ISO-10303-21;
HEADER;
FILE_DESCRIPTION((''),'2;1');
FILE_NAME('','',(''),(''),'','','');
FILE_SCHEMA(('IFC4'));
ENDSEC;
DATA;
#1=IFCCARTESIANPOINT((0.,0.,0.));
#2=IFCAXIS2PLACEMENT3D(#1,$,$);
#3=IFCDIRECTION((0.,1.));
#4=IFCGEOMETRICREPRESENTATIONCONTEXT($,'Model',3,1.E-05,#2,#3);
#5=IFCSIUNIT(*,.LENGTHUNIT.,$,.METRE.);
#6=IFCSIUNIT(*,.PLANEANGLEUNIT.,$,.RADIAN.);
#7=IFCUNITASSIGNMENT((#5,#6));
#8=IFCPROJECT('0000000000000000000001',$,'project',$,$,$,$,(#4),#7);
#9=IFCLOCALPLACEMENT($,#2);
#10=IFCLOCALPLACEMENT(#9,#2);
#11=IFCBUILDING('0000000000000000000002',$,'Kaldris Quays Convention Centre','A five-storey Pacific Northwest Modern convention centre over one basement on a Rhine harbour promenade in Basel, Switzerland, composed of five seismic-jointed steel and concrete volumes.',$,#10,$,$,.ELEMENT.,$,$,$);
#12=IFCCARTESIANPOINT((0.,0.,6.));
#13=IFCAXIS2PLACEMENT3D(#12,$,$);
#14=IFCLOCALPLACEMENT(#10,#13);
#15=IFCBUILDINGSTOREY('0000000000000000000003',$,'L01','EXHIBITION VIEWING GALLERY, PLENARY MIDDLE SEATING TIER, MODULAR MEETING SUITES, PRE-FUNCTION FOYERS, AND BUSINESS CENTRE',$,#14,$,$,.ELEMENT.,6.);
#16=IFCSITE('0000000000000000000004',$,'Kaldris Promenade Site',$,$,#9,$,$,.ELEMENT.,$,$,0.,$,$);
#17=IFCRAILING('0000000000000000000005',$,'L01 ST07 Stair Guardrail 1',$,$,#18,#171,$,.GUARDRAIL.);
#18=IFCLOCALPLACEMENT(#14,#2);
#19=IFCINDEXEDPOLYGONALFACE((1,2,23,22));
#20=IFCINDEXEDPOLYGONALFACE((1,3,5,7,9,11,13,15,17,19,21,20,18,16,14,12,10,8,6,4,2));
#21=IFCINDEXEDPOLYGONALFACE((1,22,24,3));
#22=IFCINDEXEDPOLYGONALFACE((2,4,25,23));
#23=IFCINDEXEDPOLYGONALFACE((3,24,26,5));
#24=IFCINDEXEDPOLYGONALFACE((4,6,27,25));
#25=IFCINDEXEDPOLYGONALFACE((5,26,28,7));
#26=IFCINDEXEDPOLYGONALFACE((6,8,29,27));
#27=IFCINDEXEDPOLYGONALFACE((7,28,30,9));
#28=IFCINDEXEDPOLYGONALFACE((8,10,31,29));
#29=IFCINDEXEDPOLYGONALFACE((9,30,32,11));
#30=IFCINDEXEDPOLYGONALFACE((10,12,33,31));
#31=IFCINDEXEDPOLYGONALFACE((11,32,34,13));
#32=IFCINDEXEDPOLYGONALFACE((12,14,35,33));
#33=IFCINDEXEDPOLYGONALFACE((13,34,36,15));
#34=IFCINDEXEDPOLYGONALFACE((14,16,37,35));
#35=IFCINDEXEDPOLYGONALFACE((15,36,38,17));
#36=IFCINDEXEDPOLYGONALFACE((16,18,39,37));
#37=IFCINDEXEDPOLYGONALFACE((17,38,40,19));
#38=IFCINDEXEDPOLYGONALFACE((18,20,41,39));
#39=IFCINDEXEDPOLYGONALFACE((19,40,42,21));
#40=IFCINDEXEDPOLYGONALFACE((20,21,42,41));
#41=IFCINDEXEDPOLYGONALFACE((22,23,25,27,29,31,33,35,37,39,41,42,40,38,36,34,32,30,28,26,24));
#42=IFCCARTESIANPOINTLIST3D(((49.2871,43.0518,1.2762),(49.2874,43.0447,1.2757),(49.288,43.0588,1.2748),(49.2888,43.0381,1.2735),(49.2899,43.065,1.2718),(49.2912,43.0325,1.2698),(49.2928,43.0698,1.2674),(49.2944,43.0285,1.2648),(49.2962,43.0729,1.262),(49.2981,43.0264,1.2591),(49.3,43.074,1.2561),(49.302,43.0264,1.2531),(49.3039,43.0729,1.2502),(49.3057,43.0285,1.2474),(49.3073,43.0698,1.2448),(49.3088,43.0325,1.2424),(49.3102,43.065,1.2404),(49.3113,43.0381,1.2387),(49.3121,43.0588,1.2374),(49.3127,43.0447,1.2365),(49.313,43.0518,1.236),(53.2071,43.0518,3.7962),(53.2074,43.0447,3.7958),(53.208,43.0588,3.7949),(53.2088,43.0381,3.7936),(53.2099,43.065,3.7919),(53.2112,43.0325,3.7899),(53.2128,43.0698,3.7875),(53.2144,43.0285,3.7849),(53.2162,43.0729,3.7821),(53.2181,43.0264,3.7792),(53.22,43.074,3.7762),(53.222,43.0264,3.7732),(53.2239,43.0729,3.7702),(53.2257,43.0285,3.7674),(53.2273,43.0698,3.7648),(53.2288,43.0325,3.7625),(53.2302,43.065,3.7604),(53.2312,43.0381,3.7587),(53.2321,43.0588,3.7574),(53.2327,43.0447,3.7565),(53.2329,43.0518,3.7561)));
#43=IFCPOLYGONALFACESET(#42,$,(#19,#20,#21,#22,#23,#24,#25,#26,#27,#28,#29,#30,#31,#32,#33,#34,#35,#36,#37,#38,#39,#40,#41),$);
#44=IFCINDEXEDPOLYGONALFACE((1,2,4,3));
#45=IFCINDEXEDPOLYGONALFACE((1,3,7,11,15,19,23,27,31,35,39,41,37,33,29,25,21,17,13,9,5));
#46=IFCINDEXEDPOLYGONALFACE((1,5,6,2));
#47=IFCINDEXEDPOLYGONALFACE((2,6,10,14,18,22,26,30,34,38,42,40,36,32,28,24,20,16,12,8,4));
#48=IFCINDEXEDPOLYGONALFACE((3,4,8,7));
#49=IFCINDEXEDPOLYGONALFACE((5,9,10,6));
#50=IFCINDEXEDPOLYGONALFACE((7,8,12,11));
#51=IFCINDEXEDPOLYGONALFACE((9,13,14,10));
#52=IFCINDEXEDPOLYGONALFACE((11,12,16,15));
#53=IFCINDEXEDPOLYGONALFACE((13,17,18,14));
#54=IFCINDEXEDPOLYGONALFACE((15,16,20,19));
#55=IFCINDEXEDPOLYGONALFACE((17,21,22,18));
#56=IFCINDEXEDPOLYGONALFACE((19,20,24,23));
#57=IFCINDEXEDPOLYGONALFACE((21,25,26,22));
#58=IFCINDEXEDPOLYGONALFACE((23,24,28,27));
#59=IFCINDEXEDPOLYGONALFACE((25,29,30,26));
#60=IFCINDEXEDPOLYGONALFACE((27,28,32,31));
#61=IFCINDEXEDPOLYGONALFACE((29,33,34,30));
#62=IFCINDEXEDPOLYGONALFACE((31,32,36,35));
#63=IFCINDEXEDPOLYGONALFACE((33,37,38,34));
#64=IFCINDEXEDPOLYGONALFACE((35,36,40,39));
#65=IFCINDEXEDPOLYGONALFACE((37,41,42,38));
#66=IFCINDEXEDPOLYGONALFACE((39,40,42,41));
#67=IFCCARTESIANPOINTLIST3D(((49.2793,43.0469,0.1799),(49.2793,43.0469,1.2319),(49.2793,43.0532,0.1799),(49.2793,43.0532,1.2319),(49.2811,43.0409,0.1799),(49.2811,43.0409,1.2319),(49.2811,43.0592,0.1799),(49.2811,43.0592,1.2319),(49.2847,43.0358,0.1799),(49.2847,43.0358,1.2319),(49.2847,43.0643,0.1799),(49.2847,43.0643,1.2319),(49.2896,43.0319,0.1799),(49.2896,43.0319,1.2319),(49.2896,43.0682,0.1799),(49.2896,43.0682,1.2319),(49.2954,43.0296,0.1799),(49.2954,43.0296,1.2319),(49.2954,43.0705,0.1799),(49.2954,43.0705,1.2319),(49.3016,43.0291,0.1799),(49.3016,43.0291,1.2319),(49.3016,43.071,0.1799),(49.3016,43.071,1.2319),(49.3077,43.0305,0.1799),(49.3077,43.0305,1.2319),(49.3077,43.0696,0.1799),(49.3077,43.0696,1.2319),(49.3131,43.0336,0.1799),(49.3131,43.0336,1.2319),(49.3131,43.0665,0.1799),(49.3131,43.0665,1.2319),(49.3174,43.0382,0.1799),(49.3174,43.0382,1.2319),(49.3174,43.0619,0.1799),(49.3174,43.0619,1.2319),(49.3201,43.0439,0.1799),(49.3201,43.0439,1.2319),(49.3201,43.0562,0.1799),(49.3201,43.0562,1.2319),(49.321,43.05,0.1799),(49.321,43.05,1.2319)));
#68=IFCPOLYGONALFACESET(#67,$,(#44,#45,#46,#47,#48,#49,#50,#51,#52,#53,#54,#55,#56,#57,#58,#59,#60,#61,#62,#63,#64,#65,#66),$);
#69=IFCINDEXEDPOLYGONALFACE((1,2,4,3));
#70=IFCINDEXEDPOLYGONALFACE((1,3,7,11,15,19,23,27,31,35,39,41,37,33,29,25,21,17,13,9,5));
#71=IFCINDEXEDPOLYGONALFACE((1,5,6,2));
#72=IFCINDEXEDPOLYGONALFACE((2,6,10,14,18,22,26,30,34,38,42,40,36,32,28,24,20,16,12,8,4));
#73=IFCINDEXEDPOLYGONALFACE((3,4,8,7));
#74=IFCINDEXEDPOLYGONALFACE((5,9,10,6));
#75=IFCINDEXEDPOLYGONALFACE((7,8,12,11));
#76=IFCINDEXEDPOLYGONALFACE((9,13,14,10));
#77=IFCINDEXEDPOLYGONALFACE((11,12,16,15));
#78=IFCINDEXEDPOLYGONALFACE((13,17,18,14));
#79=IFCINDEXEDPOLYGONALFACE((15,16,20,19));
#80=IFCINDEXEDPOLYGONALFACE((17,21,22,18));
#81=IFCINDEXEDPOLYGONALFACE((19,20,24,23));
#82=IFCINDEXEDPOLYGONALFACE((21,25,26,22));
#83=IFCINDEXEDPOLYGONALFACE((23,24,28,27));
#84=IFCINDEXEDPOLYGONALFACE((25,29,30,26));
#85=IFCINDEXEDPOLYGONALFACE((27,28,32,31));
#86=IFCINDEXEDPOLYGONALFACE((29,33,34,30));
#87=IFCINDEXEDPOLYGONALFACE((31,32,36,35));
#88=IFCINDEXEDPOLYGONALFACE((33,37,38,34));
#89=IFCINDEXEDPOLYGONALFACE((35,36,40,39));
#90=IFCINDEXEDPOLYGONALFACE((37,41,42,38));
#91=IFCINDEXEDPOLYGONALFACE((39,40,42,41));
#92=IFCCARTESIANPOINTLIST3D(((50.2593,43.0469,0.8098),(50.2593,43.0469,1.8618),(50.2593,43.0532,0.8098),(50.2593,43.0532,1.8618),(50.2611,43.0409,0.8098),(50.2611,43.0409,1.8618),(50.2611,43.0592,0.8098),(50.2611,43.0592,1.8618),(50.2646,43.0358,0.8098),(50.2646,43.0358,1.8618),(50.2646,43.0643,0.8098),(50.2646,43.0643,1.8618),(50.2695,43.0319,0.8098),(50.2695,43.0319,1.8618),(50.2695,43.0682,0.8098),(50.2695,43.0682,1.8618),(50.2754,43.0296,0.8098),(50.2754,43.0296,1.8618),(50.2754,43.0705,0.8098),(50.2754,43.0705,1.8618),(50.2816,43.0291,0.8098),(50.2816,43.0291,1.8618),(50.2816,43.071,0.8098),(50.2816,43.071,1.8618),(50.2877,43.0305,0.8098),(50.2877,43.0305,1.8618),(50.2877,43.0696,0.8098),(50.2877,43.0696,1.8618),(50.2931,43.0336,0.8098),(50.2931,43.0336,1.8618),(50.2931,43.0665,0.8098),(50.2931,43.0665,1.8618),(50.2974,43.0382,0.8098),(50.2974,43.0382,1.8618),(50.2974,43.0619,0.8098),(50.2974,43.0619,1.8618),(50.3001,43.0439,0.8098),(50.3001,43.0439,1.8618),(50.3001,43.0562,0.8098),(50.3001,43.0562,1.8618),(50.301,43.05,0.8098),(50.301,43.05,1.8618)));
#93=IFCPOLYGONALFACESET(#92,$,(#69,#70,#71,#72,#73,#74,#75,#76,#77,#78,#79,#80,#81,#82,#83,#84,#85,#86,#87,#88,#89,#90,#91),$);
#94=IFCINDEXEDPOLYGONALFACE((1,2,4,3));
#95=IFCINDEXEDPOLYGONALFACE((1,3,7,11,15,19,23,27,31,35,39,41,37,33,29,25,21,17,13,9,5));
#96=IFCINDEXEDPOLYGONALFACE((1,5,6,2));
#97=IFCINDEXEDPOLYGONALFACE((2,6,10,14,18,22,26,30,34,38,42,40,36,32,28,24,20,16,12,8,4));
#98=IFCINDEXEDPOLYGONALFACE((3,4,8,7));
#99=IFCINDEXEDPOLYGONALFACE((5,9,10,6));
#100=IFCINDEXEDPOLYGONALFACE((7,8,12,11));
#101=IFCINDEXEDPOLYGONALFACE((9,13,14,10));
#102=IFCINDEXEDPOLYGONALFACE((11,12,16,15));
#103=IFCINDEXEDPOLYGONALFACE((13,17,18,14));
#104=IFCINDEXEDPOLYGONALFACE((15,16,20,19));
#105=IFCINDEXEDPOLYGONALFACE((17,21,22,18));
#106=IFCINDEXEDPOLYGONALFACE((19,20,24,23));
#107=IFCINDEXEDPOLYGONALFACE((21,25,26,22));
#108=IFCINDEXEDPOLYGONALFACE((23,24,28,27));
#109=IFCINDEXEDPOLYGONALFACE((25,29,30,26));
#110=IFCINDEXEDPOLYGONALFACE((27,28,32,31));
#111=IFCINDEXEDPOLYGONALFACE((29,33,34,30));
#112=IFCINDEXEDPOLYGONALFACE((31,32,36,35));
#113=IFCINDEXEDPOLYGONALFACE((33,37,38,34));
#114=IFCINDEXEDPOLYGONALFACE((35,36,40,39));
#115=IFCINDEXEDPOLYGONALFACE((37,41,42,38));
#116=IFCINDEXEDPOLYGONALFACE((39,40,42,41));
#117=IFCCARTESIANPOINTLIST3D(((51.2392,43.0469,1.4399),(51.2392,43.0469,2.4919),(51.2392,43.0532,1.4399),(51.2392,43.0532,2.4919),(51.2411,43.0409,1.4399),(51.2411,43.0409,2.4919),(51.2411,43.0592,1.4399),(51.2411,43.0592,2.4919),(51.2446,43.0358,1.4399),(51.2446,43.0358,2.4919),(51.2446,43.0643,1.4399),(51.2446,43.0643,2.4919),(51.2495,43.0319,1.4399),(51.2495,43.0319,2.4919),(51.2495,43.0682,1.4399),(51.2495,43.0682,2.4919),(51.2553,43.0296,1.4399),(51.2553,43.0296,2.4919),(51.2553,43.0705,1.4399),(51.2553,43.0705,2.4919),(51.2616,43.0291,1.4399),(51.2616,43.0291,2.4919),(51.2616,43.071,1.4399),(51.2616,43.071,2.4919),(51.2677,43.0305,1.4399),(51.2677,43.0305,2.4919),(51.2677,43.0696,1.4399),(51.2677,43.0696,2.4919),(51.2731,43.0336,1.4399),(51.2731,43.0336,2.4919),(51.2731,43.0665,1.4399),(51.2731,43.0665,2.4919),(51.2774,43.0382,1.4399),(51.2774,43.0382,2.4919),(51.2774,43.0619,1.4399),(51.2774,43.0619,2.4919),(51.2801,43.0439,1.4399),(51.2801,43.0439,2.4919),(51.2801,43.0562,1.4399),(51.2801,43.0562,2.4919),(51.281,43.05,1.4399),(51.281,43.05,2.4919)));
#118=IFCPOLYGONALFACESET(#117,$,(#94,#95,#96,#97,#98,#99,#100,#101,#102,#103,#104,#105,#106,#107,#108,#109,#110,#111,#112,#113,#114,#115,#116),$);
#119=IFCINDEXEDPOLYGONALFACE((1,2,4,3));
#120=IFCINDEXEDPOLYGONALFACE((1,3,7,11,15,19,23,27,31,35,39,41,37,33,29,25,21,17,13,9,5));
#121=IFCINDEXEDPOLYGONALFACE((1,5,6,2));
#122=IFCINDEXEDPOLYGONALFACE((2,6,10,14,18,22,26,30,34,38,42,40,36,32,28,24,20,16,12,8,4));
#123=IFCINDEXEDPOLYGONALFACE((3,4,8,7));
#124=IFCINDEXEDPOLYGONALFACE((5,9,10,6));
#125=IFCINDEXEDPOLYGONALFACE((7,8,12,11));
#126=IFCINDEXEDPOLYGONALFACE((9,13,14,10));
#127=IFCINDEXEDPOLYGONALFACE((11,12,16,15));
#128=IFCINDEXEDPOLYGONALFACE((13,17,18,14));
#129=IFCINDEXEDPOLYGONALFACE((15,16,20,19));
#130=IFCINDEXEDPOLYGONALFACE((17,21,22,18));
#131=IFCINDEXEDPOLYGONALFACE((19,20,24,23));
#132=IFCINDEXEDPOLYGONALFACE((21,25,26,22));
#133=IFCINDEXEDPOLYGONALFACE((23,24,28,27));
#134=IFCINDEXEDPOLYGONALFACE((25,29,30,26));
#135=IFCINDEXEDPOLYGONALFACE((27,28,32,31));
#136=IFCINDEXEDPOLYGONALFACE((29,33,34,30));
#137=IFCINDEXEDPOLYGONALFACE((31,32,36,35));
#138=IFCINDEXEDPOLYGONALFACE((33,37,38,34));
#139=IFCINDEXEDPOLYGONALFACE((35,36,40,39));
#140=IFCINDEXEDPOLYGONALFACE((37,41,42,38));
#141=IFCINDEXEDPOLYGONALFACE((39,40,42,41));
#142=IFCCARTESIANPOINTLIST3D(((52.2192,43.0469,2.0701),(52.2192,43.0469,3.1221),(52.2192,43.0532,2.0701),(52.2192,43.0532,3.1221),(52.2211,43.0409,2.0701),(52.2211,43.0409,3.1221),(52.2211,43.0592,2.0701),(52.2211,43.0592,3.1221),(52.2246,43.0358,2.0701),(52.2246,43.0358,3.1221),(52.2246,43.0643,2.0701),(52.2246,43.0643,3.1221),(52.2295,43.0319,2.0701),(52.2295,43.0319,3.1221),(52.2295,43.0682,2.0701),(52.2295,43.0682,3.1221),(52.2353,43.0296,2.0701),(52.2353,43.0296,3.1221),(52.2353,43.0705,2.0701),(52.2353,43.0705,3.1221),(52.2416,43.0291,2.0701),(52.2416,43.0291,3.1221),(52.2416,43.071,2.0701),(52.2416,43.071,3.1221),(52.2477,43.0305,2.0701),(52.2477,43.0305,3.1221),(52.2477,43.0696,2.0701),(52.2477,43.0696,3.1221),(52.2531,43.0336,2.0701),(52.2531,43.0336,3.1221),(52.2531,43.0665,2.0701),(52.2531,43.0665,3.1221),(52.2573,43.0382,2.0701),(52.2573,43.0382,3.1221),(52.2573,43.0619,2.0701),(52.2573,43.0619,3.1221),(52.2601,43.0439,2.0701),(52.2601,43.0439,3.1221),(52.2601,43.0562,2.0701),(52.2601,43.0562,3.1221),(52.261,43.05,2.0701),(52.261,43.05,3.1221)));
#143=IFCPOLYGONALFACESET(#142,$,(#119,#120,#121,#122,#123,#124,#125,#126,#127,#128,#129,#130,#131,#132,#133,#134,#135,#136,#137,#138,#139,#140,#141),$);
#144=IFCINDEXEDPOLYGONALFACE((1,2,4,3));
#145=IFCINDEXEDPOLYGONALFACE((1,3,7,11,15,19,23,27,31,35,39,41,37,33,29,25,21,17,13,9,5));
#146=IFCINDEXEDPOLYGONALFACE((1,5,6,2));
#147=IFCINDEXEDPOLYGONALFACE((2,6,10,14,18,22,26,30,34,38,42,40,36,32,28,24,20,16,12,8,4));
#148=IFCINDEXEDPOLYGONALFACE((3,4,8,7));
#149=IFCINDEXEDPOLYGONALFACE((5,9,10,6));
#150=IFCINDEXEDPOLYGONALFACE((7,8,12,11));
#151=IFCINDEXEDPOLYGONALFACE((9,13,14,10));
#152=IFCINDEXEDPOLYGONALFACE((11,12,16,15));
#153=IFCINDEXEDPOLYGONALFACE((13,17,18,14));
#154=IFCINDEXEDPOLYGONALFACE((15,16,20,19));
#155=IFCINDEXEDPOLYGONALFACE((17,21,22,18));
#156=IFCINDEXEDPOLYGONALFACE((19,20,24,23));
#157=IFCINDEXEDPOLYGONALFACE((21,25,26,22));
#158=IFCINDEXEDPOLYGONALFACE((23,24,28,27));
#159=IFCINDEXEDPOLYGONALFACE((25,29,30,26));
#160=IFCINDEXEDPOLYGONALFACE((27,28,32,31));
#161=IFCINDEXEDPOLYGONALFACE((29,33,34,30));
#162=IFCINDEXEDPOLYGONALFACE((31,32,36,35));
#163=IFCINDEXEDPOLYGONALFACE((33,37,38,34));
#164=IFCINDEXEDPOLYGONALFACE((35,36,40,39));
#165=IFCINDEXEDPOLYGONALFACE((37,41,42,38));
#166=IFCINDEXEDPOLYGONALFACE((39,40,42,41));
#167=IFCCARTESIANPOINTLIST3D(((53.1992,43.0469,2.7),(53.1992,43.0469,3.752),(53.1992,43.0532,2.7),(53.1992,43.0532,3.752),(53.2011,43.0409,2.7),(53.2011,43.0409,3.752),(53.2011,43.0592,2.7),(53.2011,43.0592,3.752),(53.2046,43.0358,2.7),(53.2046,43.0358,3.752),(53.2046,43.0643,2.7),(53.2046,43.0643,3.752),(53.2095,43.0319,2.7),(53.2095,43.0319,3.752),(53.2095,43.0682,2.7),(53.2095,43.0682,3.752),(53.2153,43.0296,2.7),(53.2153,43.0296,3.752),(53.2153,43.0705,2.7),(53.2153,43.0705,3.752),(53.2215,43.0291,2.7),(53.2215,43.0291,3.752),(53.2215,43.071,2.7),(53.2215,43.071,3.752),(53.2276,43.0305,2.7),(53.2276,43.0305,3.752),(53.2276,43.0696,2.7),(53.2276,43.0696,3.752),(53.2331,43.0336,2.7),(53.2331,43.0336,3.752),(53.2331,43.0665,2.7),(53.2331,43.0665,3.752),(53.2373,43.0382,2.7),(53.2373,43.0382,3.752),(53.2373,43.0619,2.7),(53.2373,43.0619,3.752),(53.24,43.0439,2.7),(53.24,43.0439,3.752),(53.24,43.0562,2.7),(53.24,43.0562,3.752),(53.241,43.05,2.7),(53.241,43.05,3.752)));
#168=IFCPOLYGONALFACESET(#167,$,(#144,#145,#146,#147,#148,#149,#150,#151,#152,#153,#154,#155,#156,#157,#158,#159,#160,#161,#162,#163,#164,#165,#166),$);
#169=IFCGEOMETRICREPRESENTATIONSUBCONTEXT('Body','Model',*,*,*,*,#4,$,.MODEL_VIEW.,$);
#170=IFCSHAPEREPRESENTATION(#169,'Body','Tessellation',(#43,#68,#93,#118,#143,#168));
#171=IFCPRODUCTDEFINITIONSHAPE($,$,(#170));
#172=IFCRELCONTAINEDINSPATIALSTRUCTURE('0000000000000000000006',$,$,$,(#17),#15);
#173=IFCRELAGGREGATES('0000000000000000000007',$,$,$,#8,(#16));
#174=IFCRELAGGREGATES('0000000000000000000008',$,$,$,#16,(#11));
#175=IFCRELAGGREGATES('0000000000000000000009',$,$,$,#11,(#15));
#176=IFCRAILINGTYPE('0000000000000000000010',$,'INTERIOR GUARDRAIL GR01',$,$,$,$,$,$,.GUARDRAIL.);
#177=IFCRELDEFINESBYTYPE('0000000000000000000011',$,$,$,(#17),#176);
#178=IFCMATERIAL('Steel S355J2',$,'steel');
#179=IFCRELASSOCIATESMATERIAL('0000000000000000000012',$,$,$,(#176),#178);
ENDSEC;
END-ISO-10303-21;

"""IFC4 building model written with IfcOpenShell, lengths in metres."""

from ifc_helpers import new_model, si_unit, direction, frame, origin, origin_2d, place, context, subcontext, project, spatial, circle, extrude, material, type_object, element, save


model = new_model("IFC4")

# Units and contexts
model_context = context("Model", 3, precision=1e-05, world=origin(), true_north=direction((0.0, 1.0)))
body_context = subcontext(model_context, "Body", "Model", "MODEL_VIEW")
ifc_project = project(units=[si_unit("LENGTHUNIT", "METRE"), si_unit("PLANEANGLEUNIT", "RADIAN")], contexts=[model_context])

# Site, building, storey
site_placement = place(None, origin())
site = spatial("IfcSite", under=ifc_project, at=site_placement, Name="Kaldris Promenade Site", CompositionType="ELEMENT", RefElevation=0.0)
building_placement = place(site_placement, origin())
building = spatial("IfcBuilding", under=site, at=building_placement, Name="Kaldris Quays Convention Centre", Description="A five-storey Pacific Northwest Modern convention centre over one basement on a Rhine harbour promenade in Basel, Switzerland, composed of five seismic-jointed steel and concrete volumes.", CompositionType="ELEMENT")
storey_placement = place(building_placement, frame((0.0, 0.0, 6.0)))
storey = spatial("IfcBuildingStorey", under=building, at=storey_placement, Name="L01", Description="EXHIBITION VIEWING GALLERY, PLENARY MIDDLE SEATING TIER, MODULAR MEETING SUITES, PRE-FUNCTION FOYERS, AND BUSINESS CENTRE", CompositionType="ELEMENT", Elevation=6.0)

# Shared definitions
ifc_material_1 = material(Name="Steel S355J2", Category="steel")

# Railing
railing_type_1 = type_object("IfcRailingType", Name="INTERIOR GUARDRAIL GR01", PredefinedType="GUARDRAIL", material=ifc_material_1)
railing_1_placement = place(storey_placement, frame((49.3, 43.05, 0.1799)))
element("IfcRailing", 1, at=railing_1_placement, inside=storey, type_object=railing_type_1, Name="L01 ST07 Stair Guardrail 1", PredefinedType="GUARDRAIL", context=body_context, shape_type="SweptSolid", body=[
    extrude(circle(Radius=0.0239, at=origin_2d()), frame((0.0, 0.0, 1.0762), z_axis=(0.841172, 0.0, 0.540768), x_axis=(0.0, 1.0, 0.0)), (0.0, 0.0, 1.0), 4.6602),
    extrude(circle(Radius=0.021, at=origin_2d()), origin(), (0.0, 0.0, 1.0), 1.052),
    extrude(circle(Radius=0.021, at=origin_2d()), frame((0.98, 0.0, 0.6299)), (0.0, 0.0, 1.0), 1.052),
    extrude(circle(Radius=0.021, at=origin_2d()), frame((1.96, 0.0, 1.26)), (0.0, 0.0, 1.0), 1.052),
    extrude(circle(Radius=0.021, at=origin_2d()), frame((2.9399, 0.0, 1.8901)), (0.0, 0.0, 1.0), 1.052),
    extrude(circle(Radius=0.021, at=origin_2d()), frame((3.9199, 0.0, 2.52)), (0.0, 0.0, 1.0), 1.052),
])

save(model, "model.ifc")
